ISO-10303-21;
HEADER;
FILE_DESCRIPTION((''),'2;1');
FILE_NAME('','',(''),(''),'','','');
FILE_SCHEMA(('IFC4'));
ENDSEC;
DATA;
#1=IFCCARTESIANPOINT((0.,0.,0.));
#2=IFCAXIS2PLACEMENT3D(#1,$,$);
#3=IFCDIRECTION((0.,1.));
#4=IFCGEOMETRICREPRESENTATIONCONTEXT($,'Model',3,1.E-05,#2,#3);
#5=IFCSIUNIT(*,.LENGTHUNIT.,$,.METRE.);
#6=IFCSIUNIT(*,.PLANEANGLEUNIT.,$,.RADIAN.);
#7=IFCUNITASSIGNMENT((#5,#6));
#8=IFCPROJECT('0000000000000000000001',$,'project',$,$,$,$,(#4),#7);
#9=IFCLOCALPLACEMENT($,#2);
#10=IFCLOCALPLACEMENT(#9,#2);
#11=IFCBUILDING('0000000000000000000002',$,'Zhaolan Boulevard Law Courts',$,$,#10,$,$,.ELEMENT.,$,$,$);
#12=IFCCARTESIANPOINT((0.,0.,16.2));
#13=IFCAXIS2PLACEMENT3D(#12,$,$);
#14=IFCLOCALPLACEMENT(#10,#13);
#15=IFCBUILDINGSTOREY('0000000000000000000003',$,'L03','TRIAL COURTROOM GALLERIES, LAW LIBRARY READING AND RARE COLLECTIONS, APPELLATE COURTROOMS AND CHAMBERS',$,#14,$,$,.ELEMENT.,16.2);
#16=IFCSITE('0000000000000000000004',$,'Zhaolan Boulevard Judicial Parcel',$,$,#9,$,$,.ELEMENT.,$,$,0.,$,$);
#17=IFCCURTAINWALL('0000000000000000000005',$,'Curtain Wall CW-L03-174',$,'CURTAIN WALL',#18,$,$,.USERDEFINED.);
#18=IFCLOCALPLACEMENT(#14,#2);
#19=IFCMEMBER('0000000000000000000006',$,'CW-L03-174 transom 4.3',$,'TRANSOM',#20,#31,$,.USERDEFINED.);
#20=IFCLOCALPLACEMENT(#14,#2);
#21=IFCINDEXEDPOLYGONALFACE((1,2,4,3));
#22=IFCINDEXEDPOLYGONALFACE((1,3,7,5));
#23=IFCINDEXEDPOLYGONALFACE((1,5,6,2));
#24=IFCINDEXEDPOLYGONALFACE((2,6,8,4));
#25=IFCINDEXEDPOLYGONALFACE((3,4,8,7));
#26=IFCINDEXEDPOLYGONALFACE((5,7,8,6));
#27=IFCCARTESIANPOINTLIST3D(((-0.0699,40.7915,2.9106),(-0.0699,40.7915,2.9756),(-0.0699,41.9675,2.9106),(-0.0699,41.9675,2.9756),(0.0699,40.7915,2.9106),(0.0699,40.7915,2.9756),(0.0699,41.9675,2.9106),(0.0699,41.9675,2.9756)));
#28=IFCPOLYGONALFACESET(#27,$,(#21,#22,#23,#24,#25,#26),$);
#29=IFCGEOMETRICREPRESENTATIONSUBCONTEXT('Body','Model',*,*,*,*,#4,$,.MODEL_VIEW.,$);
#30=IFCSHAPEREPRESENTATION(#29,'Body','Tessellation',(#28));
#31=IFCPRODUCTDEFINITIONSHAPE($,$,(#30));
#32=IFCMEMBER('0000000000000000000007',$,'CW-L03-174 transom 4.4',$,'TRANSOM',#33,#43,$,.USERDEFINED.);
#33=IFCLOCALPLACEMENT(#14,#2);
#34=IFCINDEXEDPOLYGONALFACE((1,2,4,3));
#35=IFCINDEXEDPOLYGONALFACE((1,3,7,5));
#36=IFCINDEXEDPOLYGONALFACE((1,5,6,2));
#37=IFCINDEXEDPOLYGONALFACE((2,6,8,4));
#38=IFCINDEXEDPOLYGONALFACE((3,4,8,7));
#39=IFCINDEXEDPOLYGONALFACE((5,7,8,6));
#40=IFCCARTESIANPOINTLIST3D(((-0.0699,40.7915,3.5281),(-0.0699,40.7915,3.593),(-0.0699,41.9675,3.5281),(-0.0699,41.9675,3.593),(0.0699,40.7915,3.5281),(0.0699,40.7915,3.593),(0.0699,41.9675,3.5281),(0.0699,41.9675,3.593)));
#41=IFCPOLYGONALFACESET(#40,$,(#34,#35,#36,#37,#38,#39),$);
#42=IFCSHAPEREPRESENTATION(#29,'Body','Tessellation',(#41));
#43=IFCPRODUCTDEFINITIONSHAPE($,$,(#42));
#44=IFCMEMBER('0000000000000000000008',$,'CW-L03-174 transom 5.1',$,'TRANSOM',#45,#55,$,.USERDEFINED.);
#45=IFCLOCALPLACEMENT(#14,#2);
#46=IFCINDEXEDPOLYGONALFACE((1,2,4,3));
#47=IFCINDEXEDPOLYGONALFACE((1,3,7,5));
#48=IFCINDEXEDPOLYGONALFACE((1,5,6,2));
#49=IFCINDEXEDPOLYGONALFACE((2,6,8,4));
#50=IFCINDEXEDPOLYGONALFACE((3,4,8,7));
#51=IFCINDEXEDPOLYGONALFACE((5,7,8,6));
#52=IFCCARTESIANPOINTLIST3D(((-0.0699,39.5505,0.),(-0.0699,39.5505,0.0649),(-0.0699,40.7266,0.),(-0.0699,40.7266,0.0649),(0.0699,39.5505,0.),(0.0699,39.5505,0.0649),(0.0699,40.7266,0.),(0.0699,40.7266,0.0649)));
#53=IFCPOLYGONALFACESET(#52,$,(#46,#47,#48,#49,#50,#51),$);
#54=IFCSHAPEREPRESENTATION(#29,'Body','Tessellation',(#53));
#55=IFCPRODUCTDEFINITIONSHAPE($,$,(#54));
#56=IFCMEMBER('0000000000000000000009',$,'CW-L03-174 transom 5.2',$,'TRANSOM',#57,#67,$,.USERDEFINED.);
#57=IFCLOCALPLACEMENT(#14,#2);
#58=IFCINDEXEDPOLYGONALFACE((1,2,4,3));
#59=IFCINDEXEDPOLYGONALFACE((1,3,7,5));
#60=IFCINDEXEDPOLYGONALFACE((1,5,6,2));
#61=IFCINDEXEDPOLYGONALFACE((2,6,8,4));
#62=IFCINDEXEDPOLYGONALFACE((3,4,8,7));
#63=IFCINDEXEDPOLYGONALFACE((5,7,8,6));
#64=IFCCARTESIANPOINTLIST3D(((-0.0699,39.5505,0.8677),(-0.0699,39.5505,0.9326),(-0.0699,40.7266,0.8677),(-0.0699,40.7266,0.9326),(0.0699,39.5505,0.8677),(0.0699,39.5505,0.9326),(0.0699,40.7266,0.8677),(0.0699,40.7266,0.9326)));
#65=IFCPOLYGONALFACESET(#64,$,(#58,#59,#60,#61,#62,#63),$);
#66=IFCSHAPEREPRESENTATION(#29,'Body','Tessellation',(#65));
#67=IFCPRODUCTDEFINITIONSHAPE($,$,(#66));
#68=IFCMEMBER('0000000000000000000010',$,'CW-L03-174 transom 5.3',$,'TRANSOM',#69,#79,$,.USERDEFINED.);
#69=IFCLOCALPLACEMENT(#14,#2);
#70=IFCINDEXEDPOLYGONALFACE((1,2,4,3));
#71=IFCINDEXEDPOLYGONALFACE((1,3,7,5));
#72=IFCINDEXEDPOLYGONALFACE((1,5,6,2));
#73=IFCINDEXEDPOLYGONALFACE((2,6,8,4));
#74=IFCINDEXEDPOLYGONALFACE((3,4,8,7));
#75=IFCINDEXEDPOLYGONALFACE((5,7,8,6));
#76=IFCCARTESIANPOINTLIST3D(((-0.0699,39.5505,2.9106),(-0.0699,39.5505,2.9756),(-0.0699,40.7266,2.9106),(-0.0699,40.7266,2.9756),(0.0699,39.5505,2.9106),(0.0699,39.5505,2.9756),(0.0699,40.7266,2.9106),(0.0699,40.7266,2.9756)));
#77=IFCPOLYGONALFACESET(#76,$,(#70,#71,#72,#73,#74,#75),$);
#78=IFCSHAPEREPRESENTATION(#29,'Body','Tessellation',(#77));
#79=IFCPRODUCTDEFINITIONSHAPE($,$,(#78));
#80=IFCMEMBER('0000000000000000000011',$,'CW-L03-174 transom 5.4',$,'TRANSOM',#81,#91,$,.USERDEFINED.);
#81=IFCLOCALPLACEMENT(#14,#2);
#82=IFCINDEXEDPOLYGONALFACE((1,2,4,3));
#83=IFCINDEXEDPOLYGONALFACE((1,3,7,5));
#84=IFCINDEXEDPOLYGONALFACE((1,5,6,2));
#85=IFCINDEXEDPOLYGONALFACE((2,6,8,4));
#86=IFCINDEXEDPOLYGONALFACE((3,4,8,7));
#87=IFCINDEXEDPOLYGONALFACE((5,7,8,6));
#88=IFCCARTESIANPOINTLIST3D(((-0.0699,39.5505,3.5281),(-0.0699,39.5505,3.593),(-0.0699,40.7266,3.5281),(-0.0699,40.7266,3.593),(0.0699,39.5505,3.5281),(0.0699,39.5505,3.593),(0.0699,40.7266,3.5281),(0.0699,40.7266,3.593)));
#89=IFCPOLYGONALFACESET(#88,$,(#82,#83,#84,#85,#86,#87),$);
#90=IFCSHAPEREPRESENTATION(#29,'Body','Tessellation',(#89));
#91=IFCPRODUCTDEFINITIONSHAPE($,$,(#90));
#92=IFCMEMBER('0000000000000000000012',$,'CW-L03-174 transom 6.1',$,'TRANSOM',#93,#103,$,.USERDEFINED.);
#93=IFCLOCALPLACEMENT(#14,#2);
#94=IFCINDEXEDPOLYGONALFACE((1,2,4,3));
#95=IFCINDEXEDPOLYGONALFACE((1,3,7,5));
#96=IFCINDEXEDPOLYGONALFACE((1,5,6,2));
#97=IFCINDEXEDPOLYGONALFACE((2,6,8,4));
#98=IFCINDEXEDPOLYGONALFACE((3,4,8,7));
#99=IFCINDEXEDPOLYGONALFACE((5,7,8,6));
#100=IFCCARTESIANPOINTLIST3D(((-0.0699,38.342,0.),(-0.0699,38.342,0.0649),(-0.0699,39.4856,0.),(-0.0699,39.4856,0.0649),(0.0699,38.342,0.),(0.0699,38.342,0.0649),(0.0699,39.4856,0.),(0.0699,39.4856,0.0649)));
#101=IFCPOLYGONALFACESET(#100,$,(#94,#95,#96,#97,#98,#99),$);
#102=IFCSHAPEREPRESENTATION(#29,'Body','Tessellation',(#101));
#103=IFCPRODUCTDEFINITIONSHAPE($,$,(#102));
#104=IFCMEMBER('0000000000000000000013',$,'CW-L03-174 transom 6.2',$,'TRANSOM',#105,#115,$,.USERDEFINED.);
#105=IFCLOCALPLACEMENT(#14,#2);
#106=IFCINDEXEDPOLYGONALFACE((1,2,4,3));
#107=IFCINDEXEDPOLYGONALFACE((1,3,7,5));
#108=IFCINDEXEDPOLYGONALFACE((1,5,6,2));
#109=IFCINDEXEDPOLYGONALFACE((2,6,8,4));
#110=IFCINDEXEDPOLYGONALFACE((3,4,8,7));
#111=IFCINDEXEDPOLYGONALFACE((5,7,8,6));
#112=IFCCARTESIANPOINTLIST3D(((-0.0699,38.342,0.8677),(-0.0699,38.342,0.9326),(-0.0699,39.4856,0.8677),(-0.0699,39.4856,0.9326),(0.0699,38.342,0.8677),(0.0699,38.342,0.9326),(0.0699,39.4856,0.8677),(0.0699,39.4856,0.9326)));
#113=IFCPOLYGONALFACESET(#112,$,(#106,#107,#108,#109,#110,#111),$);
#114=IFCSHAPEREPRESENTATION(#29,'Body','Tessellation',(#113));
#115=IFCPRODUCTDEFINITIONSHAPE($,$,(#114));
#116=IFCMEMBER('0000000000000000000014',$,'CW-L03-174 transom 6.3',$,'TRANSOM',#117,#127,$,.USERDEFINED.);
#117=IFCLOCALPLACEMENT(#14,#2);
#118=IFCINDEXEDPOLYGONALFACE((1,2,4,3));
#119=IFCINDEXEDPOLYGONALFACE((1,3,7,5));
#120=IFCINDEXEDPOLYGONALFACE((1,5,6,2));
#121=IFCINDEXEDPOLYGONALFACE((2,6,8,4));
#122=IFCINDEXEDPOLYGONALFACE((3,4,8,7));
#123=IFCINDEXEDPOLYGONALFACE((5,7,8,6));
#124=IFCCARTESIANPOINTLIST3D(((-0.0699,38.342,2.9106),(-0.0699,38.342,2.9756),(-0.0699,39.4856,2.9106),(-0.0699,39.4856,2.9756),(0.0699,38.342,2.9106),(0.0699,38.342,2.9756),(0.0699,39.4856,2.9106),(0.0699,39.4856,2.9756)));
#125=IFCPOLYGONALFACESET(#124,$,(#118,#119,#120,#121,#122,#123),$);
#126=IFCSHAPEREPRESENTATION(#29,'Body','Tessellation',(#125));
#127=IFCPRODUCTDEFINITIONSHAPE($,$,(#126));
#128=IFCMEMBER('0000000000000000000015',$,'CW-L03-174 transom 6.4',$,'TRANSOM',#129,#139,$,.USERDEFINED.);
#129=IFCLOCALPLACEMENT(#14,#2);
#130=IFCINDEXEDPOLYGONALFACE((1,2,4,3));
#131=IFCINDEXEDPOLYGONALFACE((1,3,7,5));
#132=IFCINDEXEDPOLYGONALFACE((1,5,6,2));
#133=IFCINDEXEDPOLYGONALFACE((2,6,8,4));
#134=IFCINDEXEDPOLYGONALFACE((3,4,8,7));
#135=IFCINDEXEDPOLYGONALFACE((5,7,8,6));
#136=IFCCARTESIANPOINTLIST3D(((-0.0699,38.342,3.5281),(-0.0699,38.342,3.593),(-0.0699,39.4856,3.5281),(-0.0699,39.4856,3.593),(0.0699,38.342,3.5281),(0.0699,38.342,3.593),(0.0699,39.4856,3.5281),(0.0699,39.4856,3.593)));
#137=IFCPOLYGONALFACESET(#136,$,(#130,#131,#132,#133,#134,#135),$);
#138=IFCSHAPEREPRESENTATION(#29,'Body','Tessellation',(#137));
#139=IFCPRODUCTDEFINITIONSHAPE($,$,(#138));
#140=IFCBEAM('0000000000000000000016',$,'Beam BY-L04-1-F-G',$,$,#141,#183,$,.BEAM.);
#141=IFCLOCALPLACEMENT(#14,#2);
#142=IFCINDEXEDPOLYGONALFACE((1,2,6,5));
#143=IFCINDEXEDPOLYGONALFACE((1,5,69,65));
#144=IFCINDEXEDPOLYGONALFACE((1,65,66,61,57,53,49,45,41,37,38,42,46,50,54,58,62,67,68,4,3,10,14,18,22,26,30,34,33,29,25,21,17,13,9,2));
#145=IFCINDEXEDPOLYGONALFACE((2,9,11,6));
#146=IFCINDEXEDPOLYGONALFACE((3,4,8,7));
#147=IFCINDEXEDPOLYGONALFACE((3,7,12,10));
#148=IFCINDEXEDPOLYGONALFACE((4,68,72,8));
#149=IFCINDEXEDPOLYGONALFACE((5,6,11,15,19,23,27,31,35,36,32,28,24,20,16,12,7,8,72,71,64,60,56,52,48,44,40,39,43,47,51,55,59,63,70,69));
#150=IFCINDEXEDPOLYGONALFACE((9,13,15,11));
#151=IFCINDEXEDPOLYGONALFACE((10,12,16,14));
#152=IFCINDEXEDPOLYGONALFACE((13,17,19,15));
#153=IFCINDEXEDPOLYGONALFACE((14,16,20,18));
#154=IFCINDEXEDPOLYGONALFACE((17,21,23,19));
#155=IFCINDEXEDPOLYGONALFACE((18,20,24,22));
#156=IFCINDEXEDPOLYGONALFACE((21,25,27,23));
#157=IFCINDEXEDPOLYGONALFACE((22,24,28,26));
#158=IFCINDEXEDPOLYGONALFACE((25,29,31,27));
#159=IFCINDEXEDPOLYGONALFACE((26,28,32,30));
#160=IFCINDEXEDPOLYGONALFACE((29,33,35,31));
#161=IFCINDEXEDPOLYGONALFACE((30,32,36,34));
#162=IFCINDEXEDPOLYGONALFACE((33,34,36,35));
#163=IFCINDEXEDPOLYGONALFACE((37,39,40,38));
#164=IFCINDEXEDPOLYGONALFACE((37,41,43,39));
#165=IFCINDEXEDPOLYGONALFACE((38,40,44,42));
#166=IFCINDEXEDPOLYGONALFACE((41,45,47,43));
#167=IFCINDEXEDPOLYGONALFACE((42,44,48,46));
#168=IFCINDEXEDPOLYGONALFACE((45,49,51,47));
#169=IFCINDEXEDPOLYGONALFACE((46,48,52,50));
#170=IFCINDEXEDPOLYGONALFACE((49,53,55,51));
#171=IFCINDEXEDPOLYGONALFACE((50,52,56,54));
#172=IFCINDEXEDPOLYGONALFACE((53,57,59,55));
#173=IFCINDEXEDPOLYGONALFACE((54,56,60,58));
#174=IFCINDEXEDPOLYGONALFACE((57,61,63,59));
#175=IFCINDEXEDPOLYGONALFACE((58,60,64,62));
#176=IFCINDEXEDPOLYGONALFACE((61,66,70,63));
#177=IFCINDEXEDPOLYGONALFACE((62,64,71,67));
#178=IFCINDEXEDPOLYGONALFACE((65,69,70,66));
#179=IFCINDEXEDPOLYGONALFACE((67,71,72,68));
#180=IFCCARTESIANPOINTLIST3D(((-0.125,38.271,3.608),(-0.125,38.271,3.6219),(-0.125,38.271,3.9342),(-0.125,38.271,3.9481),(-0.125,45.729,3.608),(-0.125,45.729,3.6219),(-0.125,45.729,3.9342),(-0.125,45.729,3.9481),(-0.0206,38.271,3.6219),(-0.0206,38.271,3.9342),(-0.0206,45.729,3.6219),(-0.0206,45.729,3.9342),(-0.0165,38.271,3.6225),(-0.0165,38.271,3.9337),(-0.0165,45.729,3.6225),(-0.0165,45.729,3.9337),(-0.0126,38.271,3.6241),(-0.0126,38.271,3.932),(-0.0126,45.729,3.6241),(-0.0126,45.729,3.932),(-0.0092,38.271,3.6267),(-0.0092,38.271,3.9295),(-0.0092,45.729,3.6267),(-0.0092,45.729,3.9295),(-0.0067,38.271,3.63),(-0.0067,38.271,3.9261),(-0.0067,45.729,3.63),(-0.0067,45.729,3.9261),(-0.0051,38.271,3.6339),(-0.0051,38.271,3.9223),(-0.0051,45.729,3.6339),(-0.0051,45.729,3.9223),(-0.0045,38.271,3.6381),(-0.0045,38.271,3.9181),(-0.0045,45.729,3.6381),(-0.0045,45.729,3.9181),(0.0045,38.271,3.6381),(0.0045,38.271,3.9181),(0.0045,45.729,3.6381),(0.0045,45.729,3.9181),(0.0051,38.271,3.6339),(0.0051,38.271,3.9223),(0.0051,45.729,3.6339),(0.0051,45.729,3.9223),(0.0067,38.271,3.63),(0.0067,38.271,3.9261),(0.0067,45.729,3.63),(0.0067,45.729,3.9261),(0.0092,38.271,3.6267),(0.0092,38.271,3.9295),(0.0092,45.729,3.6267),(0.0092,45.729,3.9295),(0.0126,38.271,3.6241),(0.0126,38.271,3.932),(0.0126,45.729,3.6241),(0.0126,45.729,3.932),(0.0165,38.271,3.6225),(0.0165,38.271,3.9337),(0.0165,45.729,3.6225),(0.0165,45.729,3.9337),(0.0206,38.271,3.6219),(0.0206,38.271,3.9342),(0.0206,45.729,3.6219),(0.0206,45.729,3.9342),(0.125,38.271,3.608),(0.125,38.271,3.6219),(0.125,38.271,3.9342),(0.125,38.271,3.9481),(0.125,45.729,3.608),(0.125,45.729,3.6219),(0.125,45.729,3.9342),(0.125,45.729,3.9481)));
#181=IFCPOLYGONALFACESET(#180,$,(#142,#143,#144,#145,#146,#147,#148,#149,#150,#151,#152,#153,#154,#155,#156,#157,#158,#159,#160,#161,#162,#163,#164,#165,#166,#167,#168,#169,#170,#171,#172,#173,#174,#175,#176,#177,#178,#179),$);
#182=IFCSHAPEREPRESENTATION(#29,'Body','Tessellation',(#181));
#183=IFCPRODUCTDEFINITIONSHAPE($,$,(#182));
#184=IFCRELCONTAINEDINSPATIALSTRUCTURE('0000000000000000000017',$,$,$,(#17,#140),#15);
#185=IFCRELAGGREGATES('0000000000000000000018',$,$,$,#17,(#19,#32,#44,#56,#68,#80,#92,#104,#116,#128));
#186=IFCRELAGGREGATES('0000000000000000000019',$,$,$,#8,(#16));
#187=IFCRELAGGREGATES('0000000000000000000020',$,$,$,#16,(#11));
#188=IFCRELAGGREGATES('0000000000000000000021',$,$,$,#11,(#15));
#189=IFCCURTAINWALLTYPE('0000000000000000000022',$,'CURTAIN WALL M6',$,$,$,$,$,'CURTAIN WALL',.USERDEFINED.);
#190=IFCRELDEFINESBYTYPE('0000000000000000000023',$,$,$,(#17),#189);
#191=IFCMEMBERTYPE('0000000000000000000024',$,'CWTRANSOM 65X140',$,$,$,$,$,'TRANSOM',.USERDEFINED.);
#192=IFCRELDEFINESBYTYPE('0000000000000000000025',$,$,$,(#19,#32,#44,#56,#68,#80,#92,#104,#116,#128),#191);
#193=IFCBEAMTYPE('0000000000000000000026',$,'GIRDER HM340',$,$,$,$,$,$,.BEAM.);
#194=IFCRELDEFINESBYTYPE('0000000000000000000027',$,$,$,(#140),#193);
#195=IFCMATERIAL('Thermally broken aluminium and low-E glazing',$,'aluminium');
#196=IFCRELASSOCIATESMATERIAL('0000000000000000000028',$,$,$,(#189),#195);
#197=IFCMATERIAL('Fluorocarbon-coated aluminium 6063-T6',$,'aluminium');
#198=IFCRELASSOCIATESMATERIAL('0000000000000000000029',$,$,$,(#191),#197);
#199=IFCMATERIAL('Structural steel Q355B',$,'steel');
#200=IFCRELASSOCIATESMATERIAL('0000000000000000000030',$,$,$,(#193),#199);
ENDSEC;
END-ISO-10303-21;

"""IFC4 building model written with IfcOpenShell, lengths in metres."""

from ifc_helpers import new_model, si_unit, direction, frame, origin, origin_2d, place, context, subcontext, project, spatial, rectangle, i_section, extrude, material, material_profile, profile_set, type_object, element, aggregate, save


model = new_model("IFC4")

# Units and contexts
model_context = context("Model", 3, precision=1e-05, world=origin(), true_north=direction((0.0, 1.0)))
body_context = subcontext(model_context, "Body", "Model", "MODEL_VIEW")
ifc_project = project(units=[si_unit("LENGTHUNIT", "METRE"), si_unit("PLANEANGLEUNIT", "RADIAN")], contexts=[model_context])

# Site, building, storey
site_placement = place(None, origin())
site = spatial("IfcSite", under=ifc_project, at=site_placement, Name="Zhaolan Boulevard Judicial Parcel", CompositionType="ELEMENT", RefElevation=0.0)
building_placement = place(site_placement, origin())
building = spatial("IfcBuilding", under=site, at=building_placement, Name="Zhaolan Boulevard Law Courts", CompositionType="ELEMENT")
storey_placement = place(building_placement, frame((0.0, 0.0, 16.2)))
storey = spatial("IfcBuildingStorey", under=building, at=storey_placement, Name="L03", Description="TRIAL COURTROOM GALLERIES, LAW LIBRARY READING AND RARE COLLECTIONS, APPELLATE COURTROOMS AND CHAMBERS", CompositionType="ELEMENT", Elevation=16.2)

# Curtain wall
ifc_material_1 = material(Name="Thermally broken aluminium and low-E glazing", Category="aluminium")
curtain_wall_type_1 = type_object("IfcCurtainWallType", Name="CURTAIN WALL M6", ElementType="CURTAIN WALL", PredefinedType="USERDEFINED", material=ifc_material_1)
curtain_wall_1_placement = place(storey_placement, origin())
curtain_wall_1 = element("IfcCurtainWall", 1, at=curtain_wall_1_placement, inside=storey, type_object=curtain_wall_type_1, Name="Curtain Wall CW-L03-174", ObjectType="CURTAIN WALL", PredefinedType="USERDEFINED")

# Members
ifc_material_2 = material(Name="Fluorocarbon-coated aluminium 6063-T6", Category="aluminium")
ifc_material_profile_1 = material_profile(ifc_material_2, rectangle(XDim=0.1399, YDim=0.0649, at=origin_2d()), Name="AL65x140")
ifc_profile_set_1 = profile_set([ifc_material_profile_1], Name="Fluorocarbon-coated aluminium 6063-T6")
member_type_1 = type_object("IfcMemberType", Name="CWTRANSOM 65X140", ElementType="TRANSOM", PredefinedType="USERDEFINED", material=ifc_profile_set_1)
member_1_placement = place(storey_placement, frame((0.0, 41.9675, 2.9431), z_axis=(0.0, -1.0, 0.0), x_axis=(1.0, 0.0, 0.0)))
member_1 = element("IfcMember", 2, at=member_1_placement, type_object=member_type_1, Name="CW-L03-174 transom 4.3", ObjectType="TRANSOM", PredefinedType="USERDEFINED", context=body_context, shape_type="SweptSolid", body=[
    extrude(rectangle(XDim=0.1399, YDim=0.0649, at=origin_2d()), origin(), (0.0, 0.0, 1.0), 1.176),
])
member_2_placement = place(storey_placement, frame((0.0, 41.9675, 3.5605), z_axis=(0.0, -1.0, 0.0), x_axis=(1.0, 0.0, 0.0)))
member_2 = element("IfcMember", 3, at=member_2_placement, type_object=member_type_1, Name="CW-L03-174 transom 4.4", ObjectType="TRANSOM", PredefinedType="USERDEFINED", context=body_context, shape_type="SweptSolid", body=[
    extrude(rectangle(XDim=0.1399, YDim=0.0649, at=origin_2d()), origin(), (0.0, 0.0, 1.0), 1.176),
])
member_3_placement = place(storey_placement, frame((0.0, 40.7266, 0.0325), z_axis=(0.0, -1.0, 0.0), x_axis=(1.0, 0.0, 0.0)))
member_3 = element("IfcMember", 4, at=member_3_placement, type_object=member_type_1, Name="CW-L03-174 transom 5.1", ObjectType="TRANSOM", PredefinedType="USERDEFINED", context=body_context, shape_type="SweptSolid", body=[
    extrude(rectangle(XDim=0.1399, YDim=0.0649, at=origin_2d()), origin(), (0.0, 0.0, 1.0), 1.176),
])
member_4_placement = place(storey_placement, frame((0.0, 40.7266, 0.9001), z_axis=(0.0, -1.0, 0.0), x_axis=(1.0, 0.0, 0.0)))
member_4 = element("IfcMember", 5, at=member_4_placement, type_object=member_type_1, Name="CW-L03-174 transom 5.2", ObjectType="TRANSOM", PredefinedType="USERDEFINED", context=body_context, shape_type="SweptSolid", body=[
    extrude(rectangle(XDim=0.1399, YDim=0.0649, at=origin_2d()), origin(), (0.0, 0.0, 1.0), 1.176),
])
member_5_placement = place(storey_placement, frame((0.0, 40.7266, 2.9431), z_axis=(0.0, -1.0, 0.0), x_axis=(1.0, 0.0, 0.0)))
member_5 = element("IfcMember", 6, at=member_5_placement, type_object=member_type_1, Name="CW-L03-174 transom 5.3", ObjectType="TRANSOM", PredefinedType="USERDEFINED", context=body_context, shape_type="SweptSolid", body=[
    extrude(rectangle(XDim=0.1399, YDim=0.0649, at=origin_2d()), origin(), (0.0, 0.0, 1.0), 1.176),
])
member_6_placement = place(storey_placement, frame((0.0, 40.7266, 3.5605), z_axis=(0.0, -1.0, 0.0), x_axis=(1.0, 0.0, 0.0)))
member_6 = element("IfcMember", 7, at=member_6_placement, type_object=member_type_1, Name="CW-L03-174 transom 5.4", ObjectType="TRANSOM", PredefinedType="USERDEFINED", context=body_context, shape_type="SweptSolid", body=[
    extrude(rectangle(XDim=0.1399, YDim=0.0649, at=origin_2d()), origin(), (0.0, 0.0, 1.0), 1.176),
])
member_7_placement = place(storey_placement, frame((0.0, 39.4856, 0.0325), z_axis=(0.0, -1.0, 0.0), x_axis=(1.0, 0.0, 0.0)))
member_7 = element("IfcMember", 8, at=member_7_placement, type_object=member_type_1, Name="CW-L03-174 transom 6.1", ObjectType="TRANSOM", PredefinedType="USERDEFINED", context=body_context, shape_type="SweptSolid", body=[
    extrude(rectangle(XDim=0.1399, YDim=0.0649, at=origin_2d()), origin(), (0.0, 0.0, 1.0), 1.1436),
])
member_8_placement = place(storey_placement, frame((0.0, 39.4856, 0.9001), z_axis=(0.0, -1.0, 0.0), x_axis=(1.0, 0.0, 0.0)))
member_8 = element("IfcMember", 9, at=member_8_placement, type_object=member_type_1, Name="CW-L03-174 transom 6.2", ObjectType="TRANSOM", PredefinedType="USERDEFINED", context=body_context, shape_type="SweptSolid", body=[
    extrude(rectangle(XDim=0.1399, YDim=0.0649, at=origin_2d()), origin(), (0.0, 0.0, 1.0), 1.1436),
])
member_9_placement = place(storey_placement, frame((0.0, 39.4856, 2.9431), z_axis=(0.0, -1.0, 0.0), x_axis=(1.0, 0.0, 0.0)))
member_9 = element("IfcMember", 10, at=member_9_placement, type_object=member_type_1, Name="CW-L03-174 transom 6.3", ObjectType="TRANSOM", PredefinedType="USERDEFINED", context=body_context, shape_type="SweptSolid", body=[
    extrude(rectangle(XDim=0.1399, YDim=0.0649, at=origin_2d()), origin(), (0.0, 0.0, 1.0), 1.1436),
])
member_10_placement = place(storey_placement, frame((0.0, 39.4856, 3.5605), z_axis=(0.0, -1.0, 0.0), x_axis=(1.0, 0.0, 0.0)))
member_10 = element("IfcMember", 11, at=member_10_placement, type_object=member_type_1, Name="CW-L03-174 transom 6.4", ObjectType="TRANSOM", PredefinedType="USERDEFINED", context=body_context, shape_type="SweptSolid", body=[
    extrude(rectangle(XDim=0.1399, YDim=0.0649, at=origin_2d()), origin(), (0.0, 0.0, 1.0), 1.1436),
])

# Beam
ifc_material_3 = material(Name="Structural steel Q355B", Category="steel")
ifc_material_profile_2 = material_profile(ifc_material_3, i_section(OverallWidth=0.25, OverallDepth=0.3401, WebThickness=0.009, FlangeThickness=0.0139, FilletRadius=0.0161, at=origin_2d()), Name="HM340x250")
ifc_profile_set_2 = profile_set([ifc_material_profile_2], Name="Structural steel Q355B")
beam_type_1 = type_object("IfcBeamType", Name="GIRDER HM340", PredefinedType="BEAM", material=ifc_profile_set_2)
beam_1_placement = place(storey_placement, frame((0.0, 38.271, 3.7781), z_axis=(0.0, 1.0, 0.0), x_axis=(-1.0, 0.0, 0.0)))
element("IfcBeam", 12, at=beam_1_placement, inside=storey, type_object=beam_type_1, Name="Beam BY-L04-1-F-G", PredefinedType="BEAM", context=body_context, shape_type="SweptSolid", body=[
    extrude(i_section(OverallWidth=0.25, OverallDepth=0.3401, WebThickness=0.009, FlangeThickness=0.0139, FilletRadius=0.0161, at=origin_2d()), origin(), (0.0, 0.0, 1.0), 7.458),
])

aggregate(curtain_wall_1, [member_1, member_2, member_3, member_4, member_5, member_6, member_7, member_8, member_9, member_10])

save(model, "model.ifc")
